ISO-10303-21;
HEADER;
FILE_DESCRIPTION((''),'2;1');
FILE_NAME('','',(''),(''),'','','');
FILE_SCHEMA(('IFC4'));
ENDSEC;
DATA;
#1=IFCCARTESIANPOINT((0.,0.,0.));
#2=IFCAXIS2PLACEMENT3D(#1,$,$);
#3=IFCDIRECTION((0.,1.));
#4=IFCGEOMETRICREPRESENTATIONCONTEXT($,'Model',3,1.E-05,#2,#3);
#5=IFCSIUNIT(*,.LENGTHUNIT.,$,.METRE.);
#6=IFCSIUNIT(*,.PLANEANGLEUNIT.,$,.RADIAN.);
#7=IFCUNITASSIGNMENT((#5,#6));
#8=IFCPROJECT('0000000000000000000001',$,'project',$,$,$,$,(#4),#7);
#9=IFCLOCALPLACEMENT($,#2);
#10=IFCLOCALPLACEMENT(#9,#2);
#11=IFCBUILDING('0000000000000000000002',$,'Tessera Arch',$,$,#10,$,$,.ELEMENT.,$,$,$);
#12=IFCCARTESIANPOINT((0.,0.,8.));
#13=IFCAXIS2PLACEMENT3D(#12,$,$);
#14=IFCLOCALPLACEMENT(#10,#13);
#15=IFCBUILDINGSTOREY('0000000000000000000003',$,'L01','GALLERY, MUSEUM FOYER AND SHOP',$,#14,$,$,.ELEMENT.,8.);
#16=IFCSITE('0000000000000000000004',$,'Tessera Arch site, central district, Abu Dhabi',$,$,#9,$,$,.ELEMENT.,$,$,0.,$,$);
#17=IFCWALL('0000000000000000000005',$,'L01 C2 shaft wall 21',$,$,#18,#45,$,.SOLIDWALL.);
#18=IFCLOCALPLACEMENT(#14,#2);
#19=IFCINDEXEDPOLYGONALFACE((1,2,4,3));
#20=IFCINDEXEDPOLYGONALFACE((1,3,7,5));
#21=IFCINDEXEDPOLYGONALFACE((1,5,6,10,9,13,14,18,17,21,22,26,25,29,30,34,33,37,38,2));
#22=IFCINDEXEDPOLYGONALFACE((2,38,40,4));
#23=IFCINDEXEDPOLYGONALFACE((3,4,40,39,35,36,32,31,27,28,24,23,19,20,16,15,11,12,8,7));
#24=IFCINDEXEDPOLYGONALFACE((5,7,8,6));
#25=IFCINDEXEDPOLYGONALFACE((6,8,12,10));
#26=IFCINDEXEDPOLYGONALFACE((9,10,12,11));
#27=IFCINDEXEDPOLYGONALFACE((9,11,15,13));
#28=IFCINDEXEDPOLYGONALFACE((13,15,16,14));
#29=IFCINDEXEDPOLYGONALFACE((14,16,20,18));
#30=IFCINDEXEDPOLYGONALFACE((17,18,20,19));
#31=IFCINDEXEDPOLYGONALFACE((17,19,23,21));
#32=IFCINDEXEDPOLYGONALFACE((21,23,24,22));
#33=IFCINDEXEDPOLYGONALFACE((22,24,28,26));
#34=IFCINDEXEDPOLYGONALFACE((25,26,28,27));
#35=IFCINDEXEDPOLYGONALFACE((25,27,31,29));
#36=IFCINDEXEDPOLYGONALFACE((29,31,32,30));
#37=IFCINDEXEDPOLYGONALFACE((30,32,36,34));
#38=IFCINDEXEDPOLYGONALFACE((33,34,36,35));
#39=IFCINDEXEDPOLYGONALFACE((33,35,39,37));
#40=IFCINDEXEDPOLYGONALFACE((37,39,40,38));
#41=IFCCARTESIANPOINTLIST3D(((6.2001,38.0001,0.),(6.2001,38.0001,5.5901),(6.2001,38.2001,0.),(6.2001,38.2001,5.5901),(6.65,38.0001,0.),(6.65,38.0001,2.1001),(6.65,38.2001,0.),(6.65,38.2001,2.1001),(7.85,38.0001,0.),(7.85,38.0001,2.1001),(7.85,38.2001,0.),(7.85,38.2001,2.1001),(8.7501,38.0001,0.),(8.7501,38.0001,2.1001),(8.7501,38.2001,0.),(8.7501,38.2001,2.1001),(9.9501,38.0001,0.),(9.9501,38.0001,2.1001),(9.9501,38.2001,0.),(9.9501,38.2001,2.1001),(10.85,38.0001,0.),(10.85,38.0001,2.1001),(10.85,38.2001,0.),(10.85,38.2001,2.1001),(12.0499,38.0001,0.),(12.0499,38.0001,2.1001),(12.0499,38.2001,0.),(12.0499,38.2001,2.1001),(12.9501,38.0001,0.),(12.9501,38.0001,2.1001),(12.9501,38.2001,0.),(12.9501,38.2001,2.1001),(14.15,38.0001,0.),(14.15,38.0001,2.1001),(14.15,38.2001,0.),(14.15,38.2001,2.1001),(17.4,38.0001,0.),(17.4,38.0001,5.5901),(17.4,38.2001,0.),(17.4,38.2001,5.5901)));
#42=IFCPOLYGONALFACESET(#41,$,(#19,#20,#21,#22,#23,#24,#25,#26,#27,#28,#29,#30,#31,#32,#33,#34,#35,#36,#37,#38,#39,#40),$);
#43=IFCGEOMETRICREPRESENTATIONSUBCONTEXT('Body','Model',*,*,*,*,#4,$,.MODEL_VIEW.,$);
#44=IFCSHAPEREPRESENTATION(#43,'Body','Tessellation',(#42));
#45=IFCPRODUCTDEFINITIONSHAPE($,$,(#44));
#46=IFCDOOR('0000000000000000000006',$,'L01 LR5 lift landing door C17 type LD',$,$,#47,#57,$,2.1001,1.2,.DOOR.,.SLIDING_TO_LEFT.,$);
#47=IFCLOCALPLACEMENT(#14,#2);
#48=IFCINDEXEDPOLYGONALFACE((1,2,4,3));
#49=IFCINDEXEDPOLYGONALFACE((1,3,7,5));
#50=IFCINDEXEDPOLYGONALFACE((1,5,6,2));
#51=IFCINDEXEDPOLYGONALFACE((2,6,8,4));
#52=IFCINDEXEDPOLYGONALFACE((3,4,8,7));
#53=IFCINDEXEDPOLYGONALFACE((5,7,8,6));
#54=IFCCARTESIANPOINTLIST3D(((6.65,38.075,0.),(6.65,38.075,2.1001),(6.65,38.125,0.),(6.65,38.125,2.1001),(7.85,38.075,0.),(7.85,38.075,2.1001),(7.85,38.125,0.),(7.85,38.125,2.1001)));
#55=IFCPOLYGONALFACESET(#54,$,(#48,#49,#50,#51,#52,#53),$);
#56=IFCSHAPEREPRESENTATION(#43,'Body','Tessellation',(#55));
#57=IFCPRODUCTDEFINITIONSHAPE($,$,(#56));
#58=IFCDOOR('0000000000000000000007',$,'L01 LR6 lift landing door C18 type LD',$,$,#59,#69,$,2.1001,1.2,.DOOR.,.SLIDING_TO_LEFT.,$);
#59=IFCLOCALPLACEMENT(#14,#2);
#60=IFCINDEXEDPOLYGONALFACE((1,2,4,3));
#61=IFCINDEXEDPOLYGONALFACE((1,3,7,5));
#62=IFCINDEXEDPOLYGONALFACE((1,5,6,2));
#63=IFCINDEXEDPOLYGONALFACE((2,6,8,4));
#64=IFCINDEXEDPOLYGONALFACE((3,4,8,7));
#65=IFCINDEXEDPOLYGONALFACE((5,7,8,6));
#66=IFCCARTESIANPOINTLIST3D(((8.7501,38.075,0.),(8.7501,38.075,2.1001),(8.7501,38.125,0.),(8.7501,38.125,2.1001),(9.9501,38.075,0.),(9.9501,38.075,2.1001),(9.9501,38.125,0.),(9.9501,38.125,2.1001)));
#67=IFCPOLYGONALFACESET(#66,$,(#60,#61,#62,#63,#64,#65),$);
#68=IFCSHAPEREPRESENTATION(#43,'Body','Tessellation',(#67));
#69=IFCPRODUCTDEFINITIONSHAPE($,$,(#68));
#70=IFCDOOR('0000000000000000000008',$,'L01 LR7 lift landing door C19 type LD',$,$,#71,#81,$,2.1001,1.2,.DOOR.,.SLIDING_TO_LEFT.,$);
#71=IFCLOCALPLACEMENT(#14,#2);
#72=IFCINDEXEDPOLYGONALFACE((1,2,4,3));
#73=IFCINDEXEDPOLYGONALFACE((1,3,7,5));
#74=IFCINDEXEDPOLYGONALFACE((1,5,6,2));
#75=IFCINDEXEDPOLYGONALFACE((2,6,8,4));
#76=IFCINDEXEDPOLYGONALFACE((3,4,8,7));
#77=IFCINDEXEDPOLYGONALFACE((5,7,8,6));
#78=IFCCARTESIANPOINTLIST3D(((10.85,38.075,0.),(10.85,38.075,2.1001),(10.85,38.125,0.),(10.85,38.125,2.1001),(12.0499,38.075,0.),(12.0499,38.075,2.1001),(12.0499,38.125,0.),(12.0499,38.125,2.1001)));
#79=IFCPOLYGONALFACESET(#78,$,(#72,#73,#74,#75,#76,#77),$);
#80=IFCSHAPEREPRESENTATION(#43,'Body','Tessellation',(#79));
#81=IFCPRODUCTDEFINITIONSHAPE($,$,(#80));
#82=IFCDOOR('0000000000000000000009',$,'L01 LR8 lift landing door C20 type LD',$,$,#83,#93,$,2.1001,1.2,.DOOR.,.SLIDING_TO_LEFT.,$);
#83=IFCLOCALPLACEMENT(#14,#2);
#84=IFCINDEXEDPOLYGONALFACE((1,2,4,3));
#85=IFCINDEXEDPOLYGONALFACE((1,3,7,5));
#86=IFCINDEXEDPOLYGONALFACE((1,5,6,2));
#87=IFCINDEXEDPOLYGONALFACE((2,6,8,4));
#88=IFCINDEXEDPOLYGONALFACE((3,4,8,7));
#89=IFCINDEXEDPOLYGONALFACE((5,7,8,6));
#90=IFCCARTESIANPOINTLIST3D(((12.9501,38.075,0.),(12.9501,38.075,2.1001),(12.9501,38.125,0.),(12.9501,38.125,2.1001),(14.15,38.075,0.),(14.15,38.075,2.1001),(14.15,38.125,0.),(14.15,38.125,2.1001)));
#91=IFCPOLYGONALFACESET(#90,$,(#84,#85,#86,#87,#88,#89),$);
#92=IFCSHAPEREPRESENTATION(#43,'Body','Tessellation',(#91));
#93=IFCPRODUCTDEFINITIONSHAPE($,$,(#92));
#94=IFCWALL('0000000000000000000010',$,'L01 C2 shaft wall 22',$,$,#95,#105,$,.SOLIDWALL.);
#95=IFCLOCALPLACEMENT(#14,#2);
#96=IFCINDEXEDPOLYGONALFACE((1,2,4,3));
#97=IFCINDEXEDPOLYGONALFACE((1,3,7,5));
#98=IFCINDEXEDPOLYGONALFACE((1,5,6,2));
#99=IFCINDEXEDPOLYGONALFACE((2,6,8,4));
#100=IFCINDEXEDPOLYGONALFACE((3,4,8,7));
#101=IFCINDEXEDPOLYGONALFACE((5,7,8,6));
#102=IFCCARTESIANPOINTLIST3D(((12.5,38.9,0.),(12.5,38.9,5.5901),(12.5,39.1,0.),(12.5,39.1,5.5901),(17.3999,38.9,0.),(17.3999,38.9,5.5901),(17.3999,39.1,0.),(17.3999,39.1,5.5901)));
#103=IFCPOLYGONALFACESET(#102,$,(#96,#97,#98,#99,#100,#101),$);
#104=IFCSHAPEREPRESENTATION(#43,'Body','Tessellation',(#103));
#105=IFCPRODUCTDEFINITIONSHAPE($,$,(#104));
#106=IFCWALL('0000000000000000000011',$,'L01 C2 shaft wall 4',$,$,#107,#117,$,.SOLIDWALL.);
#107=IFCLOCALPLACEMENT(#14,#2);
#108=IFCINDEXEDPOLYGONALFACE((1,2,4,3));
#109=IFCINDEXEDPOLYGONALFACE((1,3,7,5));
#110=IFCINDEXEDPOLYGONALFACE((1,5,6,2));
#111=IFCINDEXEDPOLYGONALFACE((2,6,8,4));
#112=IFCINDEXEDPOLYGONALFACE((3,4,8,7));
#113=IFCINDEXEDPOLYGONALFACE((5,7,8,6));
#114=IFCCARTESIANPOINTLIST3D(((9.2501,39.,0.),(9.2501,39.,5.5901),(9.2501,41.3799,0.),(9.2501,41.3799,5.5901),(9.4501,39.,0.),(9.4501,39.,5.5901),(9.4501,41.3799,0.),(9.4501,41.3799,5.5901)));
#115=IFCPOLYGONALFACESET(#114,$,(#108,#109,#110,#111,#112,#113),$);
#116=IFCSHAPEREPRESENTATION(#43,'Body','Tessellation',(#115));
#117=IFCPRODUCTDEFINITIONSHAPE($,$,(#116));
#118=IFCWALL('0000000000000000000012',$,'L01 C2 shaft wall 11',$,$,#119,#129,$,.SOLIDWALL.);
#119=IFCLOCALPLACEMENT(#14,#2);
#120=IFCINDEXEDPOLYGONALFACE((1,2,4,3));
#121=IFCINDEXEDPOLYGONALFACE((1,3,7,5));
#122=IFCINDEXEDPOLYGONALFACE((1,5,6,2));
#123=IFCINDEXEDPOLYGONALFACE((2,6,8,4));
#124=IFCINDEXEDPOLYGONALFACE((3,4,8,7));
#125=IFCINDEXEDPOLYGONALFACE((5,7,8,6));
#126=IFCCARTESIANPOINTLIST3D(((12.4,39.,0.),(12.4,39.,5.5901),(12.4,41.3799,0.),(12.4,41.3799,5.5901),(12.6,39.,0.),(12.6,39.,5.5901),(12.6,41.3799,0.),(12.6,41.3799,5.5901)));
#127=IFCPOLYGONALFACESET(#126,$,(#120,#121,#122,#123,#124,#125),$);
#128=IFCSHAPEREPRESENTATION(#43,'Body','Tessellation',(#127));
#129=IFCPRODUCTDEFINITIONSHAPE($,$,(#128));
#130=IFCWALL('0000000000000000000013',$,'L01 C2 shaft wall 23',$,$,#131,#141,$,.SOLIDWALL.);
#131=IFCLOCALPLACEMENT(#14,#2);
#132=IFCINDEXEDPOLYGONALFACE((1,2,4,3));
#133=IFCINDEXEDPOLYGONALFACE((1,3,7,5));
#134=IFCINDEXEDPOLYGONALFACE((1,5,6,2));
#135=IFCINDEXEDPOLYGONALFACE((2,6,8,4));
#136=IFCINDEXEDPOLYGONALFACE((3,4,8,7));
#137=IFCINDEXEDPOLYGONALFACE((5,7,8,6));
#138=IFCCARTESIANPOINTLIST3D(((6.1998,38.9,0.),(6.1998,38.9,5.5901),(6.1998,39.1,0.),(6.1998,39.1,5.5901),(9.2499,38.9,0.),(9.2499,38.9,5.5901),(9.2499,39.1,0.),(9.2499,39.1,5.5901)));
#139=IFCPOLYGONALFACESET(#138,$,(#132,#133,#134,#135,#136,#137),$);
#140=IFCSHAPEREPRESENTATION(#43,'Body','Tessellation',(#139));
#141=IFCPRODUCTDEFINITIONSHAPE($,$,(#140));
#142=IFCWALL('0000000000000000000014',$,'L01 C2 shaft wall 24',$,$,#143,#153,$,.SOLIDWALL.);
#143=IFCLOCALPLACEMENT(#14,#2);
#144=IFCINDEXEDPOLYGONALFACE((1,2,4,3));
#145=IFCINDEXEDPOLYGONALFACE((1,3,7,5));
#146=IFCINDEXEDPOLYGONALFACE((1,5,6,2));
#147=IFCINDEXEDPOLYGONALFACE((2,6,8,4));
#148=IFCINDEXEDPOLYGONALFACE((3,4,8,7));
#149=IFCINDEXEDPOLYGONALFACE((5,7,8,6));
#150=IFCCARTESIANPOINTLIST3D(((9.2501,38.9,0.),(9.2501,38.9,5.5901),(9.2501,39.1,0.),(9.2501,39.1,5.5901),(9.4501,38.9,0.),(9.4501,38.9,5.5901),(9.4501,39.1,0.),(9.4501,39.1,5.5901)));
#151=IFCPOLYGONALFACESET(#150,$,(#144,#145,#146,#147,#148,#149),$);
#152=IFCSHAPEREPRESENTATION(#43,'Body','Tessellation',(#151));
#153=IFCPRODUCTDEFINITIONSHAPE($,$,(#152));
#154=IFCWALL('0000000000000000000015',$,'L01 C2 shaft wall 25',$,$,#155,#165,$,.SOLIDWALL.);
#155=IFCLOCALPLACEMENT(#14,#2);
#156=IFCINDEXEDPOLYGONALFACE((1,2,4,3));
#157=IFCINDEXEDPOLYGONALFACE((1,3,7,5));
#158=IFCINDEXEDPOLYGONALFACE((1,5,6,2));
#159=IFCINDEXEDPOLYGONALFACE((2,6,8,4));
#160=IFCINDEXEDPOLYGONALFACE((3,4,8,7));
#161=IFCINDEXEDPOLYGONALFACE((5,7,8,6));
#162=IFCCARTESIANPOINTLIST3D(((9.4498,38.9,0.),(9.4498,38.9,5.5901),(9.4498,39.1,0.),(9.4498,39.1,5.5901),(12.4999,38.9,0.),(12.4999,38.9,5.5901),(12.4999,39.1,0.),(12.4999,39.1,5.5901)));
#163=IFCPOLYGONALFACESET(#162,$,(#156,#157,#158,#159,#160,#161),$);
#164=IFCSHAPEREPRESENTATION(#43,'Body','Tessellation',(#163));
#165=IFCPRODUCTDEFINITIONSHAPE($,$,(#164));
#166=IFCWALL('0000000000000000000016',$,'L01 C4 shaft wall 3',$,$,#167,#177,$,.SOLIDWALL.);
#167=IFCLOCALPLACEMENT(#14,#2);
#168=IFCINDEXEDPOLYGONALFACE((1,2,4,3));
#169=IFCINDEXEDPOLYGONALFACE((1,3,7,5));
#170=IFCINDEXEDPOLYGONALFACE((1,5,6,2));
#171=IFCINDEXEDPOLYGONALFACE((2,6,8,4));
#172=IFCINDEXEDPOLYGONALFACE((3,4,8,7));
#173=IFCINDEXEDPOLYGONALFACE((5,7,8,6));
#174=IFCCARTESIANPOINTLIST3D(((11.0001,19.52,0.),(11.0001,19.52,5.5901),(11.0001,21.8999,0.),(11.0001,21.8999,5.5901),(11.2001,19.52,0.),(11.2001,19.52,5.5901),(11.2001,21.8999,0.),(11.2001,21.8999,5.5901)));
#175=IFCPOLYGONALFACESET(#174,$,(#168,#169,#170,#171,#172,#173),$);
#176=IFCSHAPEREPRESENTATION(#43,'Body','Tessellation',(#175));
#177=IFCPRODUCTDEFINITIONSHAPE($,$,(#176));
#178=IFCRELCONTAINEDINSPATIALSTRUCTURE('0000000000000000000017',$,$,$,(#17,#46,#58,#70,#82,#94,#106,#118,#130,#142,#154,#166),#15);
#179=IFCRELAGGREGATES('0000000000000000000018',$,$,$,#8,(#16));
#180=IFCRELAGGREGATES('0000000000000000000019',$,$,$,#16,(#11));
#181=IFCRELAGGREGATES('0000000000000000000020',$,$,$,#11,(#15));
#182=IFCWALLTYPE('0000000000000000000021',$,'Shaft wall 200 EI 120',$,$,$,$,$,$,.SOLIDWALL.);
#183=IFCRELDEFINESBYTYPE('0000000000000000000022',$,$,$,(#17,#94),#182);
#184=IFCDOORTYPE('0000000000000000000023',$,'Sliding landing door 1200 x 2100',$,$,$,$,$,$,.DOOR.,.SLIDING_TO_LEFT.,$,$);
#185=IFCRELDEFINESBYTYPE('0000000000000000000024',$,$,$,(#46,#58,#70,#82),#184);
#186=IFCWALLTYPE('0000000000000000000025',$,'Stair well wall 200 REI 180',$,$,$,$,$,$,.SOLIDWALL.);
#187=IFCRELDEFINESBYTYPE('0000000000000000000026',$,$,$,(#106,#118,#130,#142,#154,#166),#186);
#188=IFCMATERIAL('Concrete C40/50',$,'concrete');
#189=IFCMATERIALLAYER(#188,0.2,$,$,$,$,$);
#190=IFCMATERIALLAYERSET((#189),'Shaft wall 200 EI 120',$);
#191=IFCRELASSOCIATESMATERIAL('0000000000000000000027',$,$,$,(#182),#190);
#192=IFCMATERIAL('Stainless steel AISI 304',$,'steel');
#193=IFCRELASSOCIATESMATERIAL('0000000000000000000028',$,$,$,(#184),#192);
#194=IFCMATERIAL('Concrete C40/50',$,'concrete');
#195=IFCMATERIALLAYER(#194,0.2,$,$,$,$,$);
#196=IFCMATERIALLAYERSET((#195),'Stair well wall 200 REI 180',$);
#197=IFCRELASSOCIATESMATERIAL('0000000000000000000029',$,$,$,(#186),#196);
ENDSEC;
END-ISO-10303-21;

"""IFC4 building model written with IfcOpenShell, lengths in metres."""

from ifc_helpers import new_model, si_unit, direction, frame, frame_2d, origin, place, context, subcontext, project, spatial, rectangle, extrude, material, layer, layer_set, type_object, element, fill, save


model = new_model("IFC4")

# Units and contexts
model_context = context("Model", 3, precision=1e-05, world=origin(), true_north=direction((0.0, 1.0)))
body_context = subcontext(model_context, "Body", "Model", "MODEL_VIEW")
ifc_project = project(units=[si_unit("LENGTHUNIT", "METRE"), si_unit("PLANEANGLEUNIT", "RADIAN")], contexts=[model_context])

# Site, building, storey
site_placement = place(None, origin())
site = spatial("IfcSite", under=ifc_project, at=site_placement, Name="Tessera Arch site, central district, Abu Dhabi", CompositionType="ELEMENT", RefElevation=0.0)
building_placement = place(site_placement, origin())
building = spatial("IfcBuilding", under=site, at=building_placement, Name="Tessera Arch", CompositionType="ELEMENT")
storey_placement = place(building_placement, frame((0.0, 0.0, 8.0)))
storey = spatial("IfcBuildingStorey", under=building, at=storey_placement, Name="L01", Description="GALLERY, MUSEUM FOYER AND SHOP", CompositionType="ELEMENT", Elevation=8.0)

# Shared definitions
ifc_material_1 = material(Name="Concrete C40/50", Category="concrete")
ifc_layer_1 = layer(ifc_material_1, 0.2)
ifc_layer_set_1 = layer_set([ifc_layer_1], Name="Shaft wall 200 EI 120")
wall_type_1 = type_object("IfcWallType", Name="Shaft wall 200 EI 120", PredefinedType="SOLIDWALL", material=ifc_layer_set_1)

# Wall, openings, doors
wall_1_placement = place(storey_placement, frame((6.2, 38.1001, 0.0), z_axis=(0.0, 0.0, 1.0), x_axis=(1.0, 0.0, 0.0)))
wall_1 = element("IfcWall", 1, at=wall_1_placement, inside=storey, type_object=wall_type_1, Name="L01 C2 shaft wall 21", PredefinedType="SOLIDWALL", context=body_context, shape_type="SweptSolid", body=[
    extrude(rectangle(XDim=11.2, YDim=0.2, at=frame_2d((5.6001, 0.0))), origin(), (0.0, 0.0, 1.0), 5.5901),
])
opening_1_placement = place(wall_1_placement, frame((0.45, 0.0, 0.0)))
opening_1 = element("IfcOpeningElement", 2, at=opening_1_placement, cuts=wall_1, PredefinedType="OPENING", context=body_context, shape_type="SweptSolid", body=[
    extrude(rectangle(XDim=1.2, YDim=2.1001, at=frame_2d((0.6001, 1.05))), frame((0.0, 0.1099, 0.0), z_axis=(0.0, -1.0, 0.0), x_axis=(1.0, 0.0, 0.0)), (0.0, 0.0, 1.0), 0.22),
])
opening_2_placement = place(wall_1_placement, frame((2.55, 0.0, 0.0)))
opening_2 = element("IfcOpeningElement", 3, at=opening_2_placement, cuts=wall_1, PredefinedType="OPENING", context=body_context, shape_type="SweptSolid", body=[
    extrude(rectangle(XDim=1.2, YDim=2.1001, at=frame_2d((0.6001, 1.05))), frame((0.0, 0.1099, 0.0), z_axis=(0.0, -1.0, 0.0), x_axis=(1.0, 0.0, 0.0)), (0.0, 0.0, 1.0), 0.22),
])
opening_3_placement = place(wall_1_placement, frame((4.6499, 0.0, 0.0)))
opening_3 = element("IfcOpeningElement", 4, at=opening_3_placement, cuts=wall_1, PredefinedType="OPENING", context=body_context, shape_type="SweptSolid", body=[
    extrude(rectangle(XDim=1.2, YDim=2.1001, at=frame_2d((0.6001, 1.05))), frame((0.0, 0.1099, 0.0), z_axis=(0.0, -1.0, 0.0), x_axis=(1.0, 0.0, 0.0)), (0.0, 0.0, 1.0), 0.22),
])
opening_4_placement = place(wall_1_placement, frame((6.75, 0.0, 0.0)))
opening_4 = element("IfcOpeningElement", 5, at=opening_4_placement, cuts=wall_1, PredefinedType="OPENING", context=body_context, shape_type="SweptSolid", body=[
    extrude(rectangle(XDim=1.2, YDim=2.1001, at=frame_2d((0.6001, 1.05))), frame((0.0, 0.1099, 0.0), z_axis=(0.0, -1.0, 0.0), x_axis=(1.0, 0.0, 0.0)), (0.0, 0.0, 1.0), 0.22),
])
ifc_material_2 = material(Name="Stainless steel AISI 304", Category="steel")
door_type = type_object("IfcDoorType", Name="Sliding landing door 1200 x 2100", OperationType="SLIDING_TO_LEFT", PredefinedType="DOOR", material=ifc_material_2)
door_1_placement = place(opening_1_placement, origin())
door_1 = element("IfcDoor", 6, at=door_1_placement, inside=storey, type_object=door_type, Name="L01 LR5 lift landing door C17 type LD", OperationType="SLIDING_TO_LEFT", OverallHeight=2.1001, OverallWidth=1.2, PredefinedType="DOOR", context=body_context, shape_type="SweptSolid", body=[
    extrude(rectangle(XDim=1.2, YDim=2.1001, at=frame_2d((0.6001, 1.05))), frame((0.0, 0.0249, 0.0), z_axis=(0.0, -1.0, 0.0), x_axis=(1.0, 0.0, 0.0)), (0.0, 0.0, 1.0), 0.05),
])
fill(opening_1, door_1)
door_2_placement = place(opening_2_placement, origin())
door_2 = element("IfcDoor", 7, at=door_2_placement, inside=storey, type_object=door_type, Name="L01 LR6 lift landing door C18 type LD", OperationType="SLIDING_TO_LEFT", OverallHeight=2.1001, OverallWidth=1.2, PredefinedType="DOOR", context=body_context, shape_type="SweptSolid", body=[
    extrude(rectangle(XDim=1.2, YDim=2.1001, at=frame_2d((0.6001, 1.05))), frame((0.0, 0.0249, 0.0), z_axis=(0.0, -1.0, 0.0), x_axis=(1.0, 0.0, 0.0)), (0.0, 0.0, 1.0), 0.05),
])
fill(opening_2, door_2)
door_3_placement = place(opening_3_placement, origin())
door_3 = element("IfcDoor", 8, at=door_3_placement, inside=storey, type_object=door_type, Name="L01 LR7 lift landing door C19 type LD", OperationType="SLIDING_TO_LEFT", OverallHeight=2.1001, OverallWidth=1.2, PredefinedType="DOOR", context=body_context, shape_type="SweptSolid", body=[
    extrude(rectangle(XDim=1.2, YDim=2.1001, at=frame_2d((0.6001, 1.05))), frame((0.0, 0.0249, 0.0), z_axis=(0.0, -1.0, 0.0), x_axis=(1.0, 0.0, 0.0)), (0.0, 0.0, 1.0), 0.05),
])
fill(opening_3, door_3)
door_4_placement = place(opening_4_placement, origin())
door_4 = element("IfcDoor", 9, at=door_4_placement, inside=storey, type_object=door_type, Name="L01 LR8 lift landing door C20 type LD", OperationType="SLIDING_TO_LEFT", OverallHeight=2.1001, OverallWidth=1.2, PredefinedType="DOOR", context=body_context, shape_type="SweptSolid", body=[
    extrude(rectangle(XDim=1.2, YDim=2.1001, at=frame_2d((0.6001, 1.05))), frame((0.0, 0.0249, 0.0), z_axis=(0.0, -1.0, 0.0), x_axis=(1.0, 0.0, 0.0)), (0.0, 0.0, 1.0), 0.05),
])
fill(opening_4, door_4)

# Walls
wall_2_placement = place(storey_placement, frame((12.5, 39.0, 0.0), z_axis=(0.0, 0.0, 1.0), x_axis=(1.0, 0.0, 0.0)))
element("IfcWall", 10, at=wall_2_placement, inside=storey, type_object=wall_type_1, Name="L01 C2 shaft wall 22", PredefinedType="SOLIDWALL", context=body_context, shape_type="SweptSolid", body=[
    extrude(rectangle(XDim=4.8999, YDim=0.2, at=frame_2d((2.45, 0.0))), origin(), (0.0, 0.0, 1.0), 5.5901),
])
ifc_material_3 = material(Name="Concrete C40/50", Category="concrete")
ifc_layer_2 = layer(ifc_material_3, 0.2)
ifc_layer_set_2 = layer_set([ifc_layer_2], Name="Stair well wall 200 REI 180")
wall_type_2 = type_object("IfcWallType", Name="Stair well wall 200 REI 180", PredefinedType="SOLIDWALL", material=ifc_layer_set_2)
for number, where, z_axis, x_axis, name in (
    (11, (9.3501, 39.0, 0.0), (0.0, 0.0, 1.0), (0.0, 1.0, 0.0), "L01 C2 shaft wall 4"),
    (12, (12.5, 39.0, 0.0), (0.0, 0.0, 1.0), (0.0, 1.0, 0.0), "L01 C2 shaft wall 11"),
):
    element("IfcWall", number, at=place(storey_placement, frame(where, z_axis=z_axis, x_axis=x_axis)), inside=storey, type_object=wall_type_2, Name=name, PredefinedType="SOLIDWALL", context=body_context, shape_type="SweptSolid", body=[
        extrude(rectangle(XDim=2.3799, YDim=0.2, at=frame_2d((1.1899, 0.0))), origin(), (0.0, 0.0, 1.0), 5.5901),
    ])
wall_3_placement = place(storey_placement, frame((6.2, 39.0, 0.0), z_axis=(0.0, 0.0, 1.0), x_axis=(1.0, 0.0, 0.0)))
element("IfcWall", 13, at=wall_3_placement, inside=storey, type_object=wall_type_2, Name="L01 C2 shaft wall 23", PredefinedType="SOLIDWALL", context=body_context, shape_type="SweptSolid", body=[
    extrude(rectangle(XDim=3.05, YDim=0.2, at=frame_2d((1.5249, 0.0))), origin(), (0.0, 0.0, 1.0), 5.5901),
])
wall_4_placement = place(storey_placement, frame((9.25, 39.0, 0.0), z_axis=(0.0, 0.0, 1.0), x_axis=(1.0, 0.0, 0.0)))
element("IfcWall", 14, at=wall_4_placement, inside=storey, type_object=wall_type_2, Name="L01 C2 shaft wall 24", PredefinedType="SOLIDWALL", context=body_context, shape_type="SweptSolid", body=[
    extrude(rectangle(XDim=0.2, YDim=0.2, at=frame_2d((0.1001, 0.0))), origin(), (0.0, 0.0, 1.0), 5.5901),
])
wall_5_placement = place(storey_placement, frame((9.45, 39.0, 0.0), z_axis=(0.0, 0.0, 1.0), x_axis=(1.0, 0.0, 0.0)))
element("IfcWall", 15, at=wall_5_placement, inside=storey, type_object=wall_type_2, Name="L01 C2 shaft wall 25", PredefinedType="SOLIDWALL", context=body_context, shape_type="SweptSolid", body=[
    extrude(rectangle(XDim=3.05, YDim=0.2, at=frame_2d((1.5249, 0.0))), origin(), (0.0, 0.0, 1.0), 5.5901),
])
for number, where, z_axis, x_axis, name in (
    (16, (11.1001, 19.52, 0.0), (0.0, 0.0, 1.0), (0.0, 1.0, 0.0), "L01 C4 shaft wall 3"),
):
    element("IfcWall", number, at=place(storey_placement, frame(where, z_axis=z_axis, x_axis=x_axis)), inside=storey, type_object=wall_type_2, Name=name, PredefinedType="SOLIDWALL", context=body_context, shape_type="SweptSolid", body=[
        extrude(rectangle(XDim=2.3799, YDim=0.2, at=frame_2d((1.1899, 0.0))), origin(), (0.0, 0.0, 1.0), 5.5901),
    ])

save(model, "model.ifc")
